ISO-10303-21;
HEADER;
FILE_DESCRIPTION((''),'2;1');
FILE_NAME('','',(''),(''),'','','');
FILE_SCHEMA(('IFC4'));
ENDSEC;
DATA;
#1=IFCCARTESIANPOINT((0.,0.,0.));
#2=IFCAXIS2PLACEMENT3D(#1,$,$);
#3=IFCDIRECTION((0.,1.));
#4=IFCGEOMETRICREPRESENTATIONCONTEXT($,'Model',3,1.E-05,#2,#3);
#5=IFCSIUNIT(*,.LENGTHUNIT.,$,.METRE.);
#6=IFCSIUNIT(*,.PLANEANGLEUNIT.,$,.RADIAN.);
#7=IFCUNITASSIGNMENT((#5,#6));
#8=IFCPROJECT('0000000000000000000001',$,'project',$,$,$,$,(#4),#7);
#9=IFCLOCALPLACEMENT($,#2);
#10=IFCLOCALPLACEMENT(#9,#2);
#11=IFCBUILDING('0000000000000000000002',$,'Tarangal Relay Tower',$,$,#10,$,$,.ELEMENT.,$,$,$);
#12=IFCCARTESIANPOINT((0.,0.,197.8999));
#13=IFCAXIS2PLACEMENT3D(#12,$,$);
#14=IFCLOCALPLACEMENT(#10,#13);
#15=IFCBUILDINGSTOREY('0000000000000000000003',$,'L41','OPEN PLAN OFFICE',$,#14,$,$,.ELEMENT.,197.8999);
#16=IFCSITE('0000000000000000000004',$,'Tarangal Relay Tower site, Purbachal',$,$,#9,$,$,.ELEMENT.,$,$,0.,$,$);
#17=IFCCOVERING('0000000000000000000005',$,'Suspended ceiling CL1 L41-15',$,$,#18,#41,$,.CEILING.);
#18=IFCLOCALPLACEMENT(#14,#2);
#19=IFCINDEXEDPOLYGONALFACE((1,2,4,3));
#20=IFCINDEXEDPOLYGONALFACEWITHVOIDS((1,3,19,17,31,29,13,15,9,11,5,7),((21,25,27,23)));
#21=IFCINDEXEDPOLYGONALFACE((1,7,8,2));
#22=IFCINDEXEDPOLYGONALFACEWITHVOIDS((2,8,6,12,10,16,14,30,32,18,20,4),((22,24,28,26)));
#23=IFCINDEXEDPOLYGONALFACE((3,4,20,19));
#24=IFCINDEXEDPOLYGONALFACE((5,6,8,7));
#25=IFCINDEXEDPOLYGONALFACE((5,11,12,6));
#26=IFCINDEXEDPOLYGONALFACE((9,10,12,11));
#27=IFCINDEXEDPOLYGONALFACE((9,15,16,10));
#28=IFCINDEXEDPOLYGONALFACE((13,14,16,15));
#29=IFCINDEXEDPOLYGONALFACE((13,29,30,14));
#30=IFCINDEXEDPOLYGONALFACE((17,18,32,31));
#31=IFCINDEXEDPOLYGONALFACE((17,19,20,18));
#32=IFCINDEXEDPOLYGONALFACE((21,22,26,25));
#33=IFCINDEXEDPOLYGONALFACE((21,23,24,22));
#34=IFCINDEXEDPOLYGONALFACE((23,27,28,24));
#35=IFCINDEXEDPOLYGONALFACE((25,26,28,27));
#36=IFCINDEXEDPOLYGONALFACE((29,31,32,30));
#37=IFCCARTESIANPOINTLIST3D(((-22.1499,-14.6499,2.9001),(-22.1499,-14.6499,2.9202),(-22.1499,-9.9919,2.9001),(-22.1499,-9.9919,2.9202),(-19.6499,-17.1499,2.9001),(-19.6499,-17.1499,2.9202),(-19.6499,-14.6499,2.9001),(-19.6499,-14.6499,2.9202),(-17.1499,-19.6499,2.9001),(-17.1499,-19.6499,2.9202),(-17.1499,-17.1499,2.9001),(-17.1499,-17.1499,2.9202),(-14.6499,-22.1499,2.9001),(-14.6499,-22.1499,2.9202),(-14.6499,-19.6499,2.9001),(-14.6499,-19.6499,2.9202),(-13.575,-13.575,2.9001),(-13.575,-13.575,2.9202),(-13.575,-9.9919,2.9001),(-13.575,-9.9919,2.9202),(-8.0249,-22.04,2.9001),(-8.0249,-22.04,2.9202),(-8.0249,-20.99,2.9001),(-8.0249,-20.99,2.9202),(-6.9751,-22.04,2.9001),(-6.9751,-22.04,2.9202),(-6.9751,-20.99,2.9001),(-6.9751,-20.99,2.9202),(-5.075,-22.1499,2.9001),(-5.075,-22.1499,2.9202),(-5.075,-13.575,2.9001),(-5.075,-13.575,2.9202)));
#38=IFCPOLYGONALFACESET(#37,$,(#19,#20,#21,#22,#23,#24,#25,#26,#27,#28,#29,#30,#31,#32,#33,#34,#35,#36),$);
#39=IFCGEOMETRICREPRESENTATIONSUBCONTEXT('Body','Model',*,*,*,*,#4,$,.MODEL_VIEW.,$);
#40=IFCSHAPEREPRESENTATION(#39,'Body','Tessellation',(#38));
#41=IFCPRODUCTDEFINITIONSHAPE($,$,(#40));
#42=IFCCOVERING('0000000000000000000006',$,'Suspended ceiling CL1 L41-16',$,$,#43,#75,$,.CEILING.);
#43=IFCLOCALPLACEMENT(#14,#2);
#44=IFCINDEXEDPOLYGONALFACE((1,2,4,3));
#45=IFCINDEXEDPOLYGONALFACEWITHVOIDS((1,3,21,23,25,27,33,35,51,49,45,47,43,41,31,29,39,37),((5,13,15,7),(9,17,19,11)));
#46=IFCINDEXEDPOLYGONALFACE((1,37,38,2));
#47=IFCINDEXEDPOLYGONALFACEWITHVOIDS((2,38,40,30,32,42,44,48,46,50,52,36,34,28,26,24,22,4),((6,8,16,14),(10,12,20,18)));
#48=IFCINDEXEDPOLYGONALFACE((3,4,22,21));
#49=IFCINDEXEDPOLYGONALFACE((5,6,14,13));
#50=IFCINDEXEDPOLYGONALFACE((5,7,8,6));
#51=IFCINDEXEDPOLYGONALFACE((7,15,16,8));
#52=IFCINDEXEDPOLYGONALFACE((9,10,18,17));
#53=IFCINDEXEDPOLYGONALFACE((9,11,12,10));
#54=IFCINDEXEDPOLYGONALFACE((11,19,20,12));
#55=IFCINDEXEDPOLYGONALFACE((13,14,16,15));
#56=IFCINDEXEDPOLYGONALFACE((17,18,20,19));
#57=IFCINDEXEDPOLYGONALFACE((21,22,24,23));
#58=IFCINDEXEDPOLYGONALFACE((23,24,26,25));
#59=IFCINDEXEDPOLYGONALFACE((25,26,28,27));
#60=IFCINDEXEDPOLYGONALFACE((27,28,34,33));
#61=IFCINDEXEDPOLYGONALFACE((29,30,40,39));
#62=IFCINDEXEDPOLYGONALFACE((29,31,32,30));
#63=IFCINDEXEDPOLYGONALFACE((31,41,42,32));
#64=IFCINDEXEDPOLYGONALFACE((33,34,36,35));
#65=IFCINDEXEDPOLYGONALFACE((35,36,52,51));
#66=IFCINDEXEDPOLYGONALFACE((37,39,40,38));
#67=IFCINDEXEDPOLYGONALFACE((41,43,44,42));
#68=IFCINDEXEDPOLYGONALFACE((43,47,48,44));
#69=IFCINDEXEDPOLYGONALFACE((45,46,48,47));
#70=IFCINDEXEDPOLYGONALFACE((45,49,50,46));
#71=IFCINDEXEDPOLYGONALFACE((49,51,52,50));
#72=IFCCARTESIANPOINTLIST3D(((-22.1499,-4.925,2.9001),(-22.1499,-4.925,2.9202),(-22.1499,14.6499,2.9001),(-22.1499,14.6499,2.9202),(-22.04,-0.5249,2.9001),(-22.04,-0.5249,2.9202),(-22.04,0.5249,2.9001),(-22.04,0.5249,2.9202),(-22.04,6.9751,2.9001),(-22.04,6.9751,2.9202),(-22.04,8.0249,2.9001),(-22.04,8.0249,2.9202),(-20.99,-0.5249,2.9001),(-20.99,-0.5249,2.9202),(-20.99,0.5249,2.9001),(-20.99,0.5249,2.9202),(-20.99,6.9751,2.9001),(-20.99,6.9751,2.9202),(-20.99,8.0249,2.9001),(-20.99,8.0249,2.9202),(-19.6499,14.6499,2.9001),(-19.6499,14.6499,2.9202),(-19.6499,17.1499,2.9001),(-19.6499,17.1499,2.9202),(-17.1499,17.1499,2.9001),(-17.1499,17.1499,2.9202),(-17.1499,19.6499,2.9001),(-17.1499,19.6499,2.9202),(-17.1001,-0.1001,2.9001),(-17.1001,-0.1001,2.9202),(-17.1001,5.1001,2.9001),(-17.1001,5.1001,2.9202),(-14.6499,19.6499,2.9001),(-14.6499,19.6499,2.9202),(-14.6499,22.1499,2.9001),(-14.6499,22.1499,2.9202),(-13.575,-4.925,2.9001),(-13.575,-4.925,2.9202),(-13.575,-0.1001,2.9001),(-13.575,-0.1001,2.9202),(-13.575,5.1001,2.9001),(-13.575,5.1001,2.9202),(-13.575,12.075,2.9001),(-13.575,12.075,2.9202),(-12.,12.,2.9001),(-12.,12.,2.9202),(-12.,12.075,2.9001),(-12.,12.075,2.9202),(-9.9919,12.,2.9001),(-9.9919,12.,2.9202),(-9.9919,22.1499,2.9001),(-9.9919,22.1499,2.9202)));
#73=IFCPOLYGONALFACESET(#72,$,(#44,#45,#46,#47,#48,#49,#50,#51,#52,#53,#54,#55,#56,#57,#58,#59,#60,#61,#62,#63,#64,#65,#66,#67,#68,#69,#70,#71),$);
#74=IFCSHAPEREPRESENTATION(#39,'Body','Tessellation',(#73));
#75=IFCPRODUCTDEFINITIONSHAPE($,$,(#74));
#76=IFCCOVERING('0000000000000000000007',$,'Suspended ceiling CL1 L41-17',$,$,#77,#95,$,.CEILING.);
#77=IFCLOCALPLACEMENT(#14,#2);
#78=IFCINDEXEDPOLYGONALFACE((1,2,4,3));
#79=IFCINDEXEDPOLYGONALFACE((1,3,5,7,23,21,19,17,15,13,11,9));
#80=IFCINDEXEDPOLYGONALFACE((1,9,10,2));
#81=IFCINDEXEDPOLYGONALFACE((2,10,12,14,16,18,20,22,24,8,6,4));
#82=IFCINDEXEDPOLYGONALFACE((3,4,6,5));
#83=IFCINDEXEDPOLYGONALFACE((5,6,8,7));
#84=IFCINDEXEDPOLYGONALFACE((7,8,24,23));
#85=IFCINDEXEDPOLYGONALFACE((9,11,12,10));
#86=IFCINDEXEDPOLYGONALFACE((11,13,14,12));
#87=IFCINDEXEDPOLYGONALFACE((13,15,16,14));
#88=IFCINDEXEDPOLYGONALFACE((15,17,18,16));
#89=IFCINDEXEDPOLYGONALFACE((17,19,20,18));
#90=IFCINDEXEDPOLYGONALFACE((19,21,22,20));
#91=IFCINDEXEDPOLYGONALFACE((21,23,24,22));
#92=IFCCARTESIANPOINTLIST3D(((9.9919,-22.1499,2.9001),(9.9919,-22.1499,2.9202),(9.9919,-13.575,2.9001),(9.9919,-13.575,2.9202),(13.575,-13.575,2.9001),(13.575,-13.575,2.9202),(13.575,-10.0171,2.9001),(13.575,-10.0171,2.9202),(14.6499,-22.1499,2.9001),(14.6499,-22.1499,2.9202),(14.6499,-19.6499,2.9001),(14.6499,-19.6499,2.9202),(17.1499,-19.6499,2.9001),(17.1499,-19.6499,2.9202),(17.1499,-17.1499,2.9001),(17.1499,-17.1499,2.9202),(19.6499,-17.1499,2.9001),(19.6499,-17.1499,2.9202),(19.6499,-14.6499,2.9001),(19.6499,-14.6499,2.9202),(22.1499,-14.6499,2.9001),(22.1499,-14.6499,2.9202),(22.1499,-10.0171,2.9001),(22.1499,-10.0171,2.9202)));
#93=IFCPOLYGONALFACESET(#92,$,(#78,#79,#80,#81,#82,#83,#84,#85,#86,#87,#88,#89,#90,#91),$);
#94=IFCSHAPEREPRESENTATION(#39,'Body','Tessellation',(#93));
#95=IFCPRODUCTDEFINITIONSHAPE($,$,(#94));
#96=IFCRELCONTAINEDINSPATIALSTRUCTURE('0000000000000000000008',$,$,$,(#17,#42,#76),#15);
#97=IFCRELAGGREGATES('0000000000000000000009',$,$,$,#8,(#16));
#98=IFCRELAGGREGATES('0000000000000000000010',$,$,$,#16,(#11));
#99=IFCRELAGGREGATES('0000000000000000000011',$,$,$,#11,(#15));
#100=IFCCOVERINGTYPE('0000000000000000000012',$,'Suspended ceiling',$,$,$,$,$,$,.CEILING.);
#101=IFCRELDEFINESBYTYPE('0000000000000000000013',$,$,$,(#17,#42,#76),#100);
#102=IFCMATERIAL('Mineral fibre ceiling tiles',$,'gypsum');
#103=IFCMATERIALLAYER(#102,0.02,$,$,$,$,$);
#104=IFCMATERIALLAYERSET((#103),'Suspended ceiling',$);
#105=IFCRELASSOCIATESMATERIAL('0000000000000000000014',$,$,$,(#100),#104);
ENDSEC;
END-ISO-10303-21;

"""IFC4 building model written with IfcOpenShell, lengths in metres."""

from ifc_helpers import new_model, si_unit, direction, frame, origin, place, context, subcontext, project, spatial, polyline, outline, extrude, material, layer, layer_set, type_object, element, save


model = new_model("IFC4")

# Units and contexts
model_context = context("Model", 3, precision=1e-05, world=origin(), true_north=direction((0.0, 1.0)))
body_context = subcontext(model_context, "Body", "Model", "MODEL_VIEW")
ifc_project = project(units=[si_unit("LENGTHUNIT", "METRE"), si_unit("PLANEANGLEUNIT", "RADIAN")], contexts=[model_context])

# Site, building, storey
site_placement = place(None, origin())
site = spatial("IfcSite", under=ifc_project, at=site_placement, Name="Tarangal Relay Tower site, Purbachal", CompositionType="ELEMENT", RefElevation=0.0)
building_placement = place(site_placement, origin())
building = spatial("IfcBuilding", under=site, at=building_placement, Name="Tarangal Relay Tower", CompositionType="ELEMENT")
storey_placement = place(building_placement, frame((0.0, 0.0, 197.8999)))
storey = spatial("IfcBuildingStorey", under=building, at=storey_placement, Name="L41", Description="OPEN PLAN OFFICE", CompositionType="ELEMENT", Elevation=197.8999)

# Coverings
ifc_material_1 = material(Name="Mineral fibre ceiling tiles", Category="gypsum")
ifc_layer_1 = layer(ifc_material_1, 0.02)
ifc_layer_set_1 = layer_set([ifc_layer_1], Name="Suspended ceiling")
covering_type = type_object("IfcCoveringType", Name="Suspended ceiling", PredefinedType="CEILING", material=ifc_layer_set_1)
covering_1_placement = place(storey_placement, frame((0.0, 0.0, 2.9001)))
element("IfcCovering", 1, at=covering_1_placement, inside=storey, type_object=covering_type, Name="Suspended ceiling CL1 L41-15", PredefinedType="CEILING", context=body_context, shape_type="SweptSolid", body=[
    extrude(outline(polyline([(-17.1499, -19.6499), (-14.6499, -19.6499), (-14.6499, -22.1499), (-5.075, -22.1499), (-5.075, -13.575), (-13.575, -13.575), (-13.575, -9.9919), (-22.1499, -9.9919), (-22.1499, -14.6499), (-19.6499, -14.6499), (-19.6499, -17.1499), (-17.1499, -17.1499), (-17.1499, -19.6499)]), holes=[polyline([(-6.9751, -20.99), (-8.0249, -20.99), (-8.0249, -22.04), (-6.9751, -22.04), (-6.9751, -20.99)])]), origin(), (0.0, 0.0, 1.0), 0.02),
])
covering_2_placement = place(storey_placement, frame((0.0, 0.0, 2.9001)))
element("IfcCovering", 2, at=covering_2_placement, inside=storey, type_object=covering_type, Name="Suspended ceiling CL1 L41-16", PredefinedType="CEILING", context=body_context, shape_type="SweptSolid", body=[
    extrude(outline(polyline([(-19.6499, 17.1499), (-19.6499, 14.6499), (-22.1499, 14.6499), (-22.1499, -4.925), (-13.575, -4.925), (-13.575, -0.1001), (-17.1001, -0.1001), (-17.1001, 5.1001), (-13.575, 5.1001), (-13.575, 12.075), (-12.0, 12.075), (-12.0, 12.0), (-9.9919, 12.0), (-9.9919, 22.1499), (-14.6499, 22.1499), (-14.6499, 19.6499), (-17.1499, 19.6499), (-17.1499, 17.1499), (-19.6499, 17.1499)]), holes=[polyline([(-20.99, -0.5249), (-20.99, 0.5249), (-22.04, 0.5249), (-22.04, -0.5249), (-20.99, -0.5249)]), polyline([(-20.99, 6.9751), (-20.99, 8.0249), (-22.04, 8.0249), (-22.04, 6.9751), (-20.99, 6.9751)])]), origin(), (0.0, 0.0, 1.0), 0.02),
])
covering_3_placement = place(storey_placement, frame((0.0, 0.0, 2.9001)))
element("IfcCovering", 3, at=covering_3_placement, inside=storey, type_object=covering_type, Name="Suspended ceiling CL1 L41-17", PredefinedType="CEILING", context=body_context, shape_type="SweptSolid", body=[
    extrude(outline(polyline([(22.1499, -14.6499), (22.1499, -10.0171), (13.575, -10.0171), (13.575, -13.575), (9.9919, -13.575), (9.9919, -22.1499), (14.6499, -22.1499), (14.6499, -19.6499), (17.1499, -19.6499), (17.1499, -17.1499), (19.6499, -17.1499), (19.6499, -14.6499), (22.1499, -14.6499)])), origin(), (0.0, 0.0, 1.0), 0.02),
])

save(model, "model.ifc")
